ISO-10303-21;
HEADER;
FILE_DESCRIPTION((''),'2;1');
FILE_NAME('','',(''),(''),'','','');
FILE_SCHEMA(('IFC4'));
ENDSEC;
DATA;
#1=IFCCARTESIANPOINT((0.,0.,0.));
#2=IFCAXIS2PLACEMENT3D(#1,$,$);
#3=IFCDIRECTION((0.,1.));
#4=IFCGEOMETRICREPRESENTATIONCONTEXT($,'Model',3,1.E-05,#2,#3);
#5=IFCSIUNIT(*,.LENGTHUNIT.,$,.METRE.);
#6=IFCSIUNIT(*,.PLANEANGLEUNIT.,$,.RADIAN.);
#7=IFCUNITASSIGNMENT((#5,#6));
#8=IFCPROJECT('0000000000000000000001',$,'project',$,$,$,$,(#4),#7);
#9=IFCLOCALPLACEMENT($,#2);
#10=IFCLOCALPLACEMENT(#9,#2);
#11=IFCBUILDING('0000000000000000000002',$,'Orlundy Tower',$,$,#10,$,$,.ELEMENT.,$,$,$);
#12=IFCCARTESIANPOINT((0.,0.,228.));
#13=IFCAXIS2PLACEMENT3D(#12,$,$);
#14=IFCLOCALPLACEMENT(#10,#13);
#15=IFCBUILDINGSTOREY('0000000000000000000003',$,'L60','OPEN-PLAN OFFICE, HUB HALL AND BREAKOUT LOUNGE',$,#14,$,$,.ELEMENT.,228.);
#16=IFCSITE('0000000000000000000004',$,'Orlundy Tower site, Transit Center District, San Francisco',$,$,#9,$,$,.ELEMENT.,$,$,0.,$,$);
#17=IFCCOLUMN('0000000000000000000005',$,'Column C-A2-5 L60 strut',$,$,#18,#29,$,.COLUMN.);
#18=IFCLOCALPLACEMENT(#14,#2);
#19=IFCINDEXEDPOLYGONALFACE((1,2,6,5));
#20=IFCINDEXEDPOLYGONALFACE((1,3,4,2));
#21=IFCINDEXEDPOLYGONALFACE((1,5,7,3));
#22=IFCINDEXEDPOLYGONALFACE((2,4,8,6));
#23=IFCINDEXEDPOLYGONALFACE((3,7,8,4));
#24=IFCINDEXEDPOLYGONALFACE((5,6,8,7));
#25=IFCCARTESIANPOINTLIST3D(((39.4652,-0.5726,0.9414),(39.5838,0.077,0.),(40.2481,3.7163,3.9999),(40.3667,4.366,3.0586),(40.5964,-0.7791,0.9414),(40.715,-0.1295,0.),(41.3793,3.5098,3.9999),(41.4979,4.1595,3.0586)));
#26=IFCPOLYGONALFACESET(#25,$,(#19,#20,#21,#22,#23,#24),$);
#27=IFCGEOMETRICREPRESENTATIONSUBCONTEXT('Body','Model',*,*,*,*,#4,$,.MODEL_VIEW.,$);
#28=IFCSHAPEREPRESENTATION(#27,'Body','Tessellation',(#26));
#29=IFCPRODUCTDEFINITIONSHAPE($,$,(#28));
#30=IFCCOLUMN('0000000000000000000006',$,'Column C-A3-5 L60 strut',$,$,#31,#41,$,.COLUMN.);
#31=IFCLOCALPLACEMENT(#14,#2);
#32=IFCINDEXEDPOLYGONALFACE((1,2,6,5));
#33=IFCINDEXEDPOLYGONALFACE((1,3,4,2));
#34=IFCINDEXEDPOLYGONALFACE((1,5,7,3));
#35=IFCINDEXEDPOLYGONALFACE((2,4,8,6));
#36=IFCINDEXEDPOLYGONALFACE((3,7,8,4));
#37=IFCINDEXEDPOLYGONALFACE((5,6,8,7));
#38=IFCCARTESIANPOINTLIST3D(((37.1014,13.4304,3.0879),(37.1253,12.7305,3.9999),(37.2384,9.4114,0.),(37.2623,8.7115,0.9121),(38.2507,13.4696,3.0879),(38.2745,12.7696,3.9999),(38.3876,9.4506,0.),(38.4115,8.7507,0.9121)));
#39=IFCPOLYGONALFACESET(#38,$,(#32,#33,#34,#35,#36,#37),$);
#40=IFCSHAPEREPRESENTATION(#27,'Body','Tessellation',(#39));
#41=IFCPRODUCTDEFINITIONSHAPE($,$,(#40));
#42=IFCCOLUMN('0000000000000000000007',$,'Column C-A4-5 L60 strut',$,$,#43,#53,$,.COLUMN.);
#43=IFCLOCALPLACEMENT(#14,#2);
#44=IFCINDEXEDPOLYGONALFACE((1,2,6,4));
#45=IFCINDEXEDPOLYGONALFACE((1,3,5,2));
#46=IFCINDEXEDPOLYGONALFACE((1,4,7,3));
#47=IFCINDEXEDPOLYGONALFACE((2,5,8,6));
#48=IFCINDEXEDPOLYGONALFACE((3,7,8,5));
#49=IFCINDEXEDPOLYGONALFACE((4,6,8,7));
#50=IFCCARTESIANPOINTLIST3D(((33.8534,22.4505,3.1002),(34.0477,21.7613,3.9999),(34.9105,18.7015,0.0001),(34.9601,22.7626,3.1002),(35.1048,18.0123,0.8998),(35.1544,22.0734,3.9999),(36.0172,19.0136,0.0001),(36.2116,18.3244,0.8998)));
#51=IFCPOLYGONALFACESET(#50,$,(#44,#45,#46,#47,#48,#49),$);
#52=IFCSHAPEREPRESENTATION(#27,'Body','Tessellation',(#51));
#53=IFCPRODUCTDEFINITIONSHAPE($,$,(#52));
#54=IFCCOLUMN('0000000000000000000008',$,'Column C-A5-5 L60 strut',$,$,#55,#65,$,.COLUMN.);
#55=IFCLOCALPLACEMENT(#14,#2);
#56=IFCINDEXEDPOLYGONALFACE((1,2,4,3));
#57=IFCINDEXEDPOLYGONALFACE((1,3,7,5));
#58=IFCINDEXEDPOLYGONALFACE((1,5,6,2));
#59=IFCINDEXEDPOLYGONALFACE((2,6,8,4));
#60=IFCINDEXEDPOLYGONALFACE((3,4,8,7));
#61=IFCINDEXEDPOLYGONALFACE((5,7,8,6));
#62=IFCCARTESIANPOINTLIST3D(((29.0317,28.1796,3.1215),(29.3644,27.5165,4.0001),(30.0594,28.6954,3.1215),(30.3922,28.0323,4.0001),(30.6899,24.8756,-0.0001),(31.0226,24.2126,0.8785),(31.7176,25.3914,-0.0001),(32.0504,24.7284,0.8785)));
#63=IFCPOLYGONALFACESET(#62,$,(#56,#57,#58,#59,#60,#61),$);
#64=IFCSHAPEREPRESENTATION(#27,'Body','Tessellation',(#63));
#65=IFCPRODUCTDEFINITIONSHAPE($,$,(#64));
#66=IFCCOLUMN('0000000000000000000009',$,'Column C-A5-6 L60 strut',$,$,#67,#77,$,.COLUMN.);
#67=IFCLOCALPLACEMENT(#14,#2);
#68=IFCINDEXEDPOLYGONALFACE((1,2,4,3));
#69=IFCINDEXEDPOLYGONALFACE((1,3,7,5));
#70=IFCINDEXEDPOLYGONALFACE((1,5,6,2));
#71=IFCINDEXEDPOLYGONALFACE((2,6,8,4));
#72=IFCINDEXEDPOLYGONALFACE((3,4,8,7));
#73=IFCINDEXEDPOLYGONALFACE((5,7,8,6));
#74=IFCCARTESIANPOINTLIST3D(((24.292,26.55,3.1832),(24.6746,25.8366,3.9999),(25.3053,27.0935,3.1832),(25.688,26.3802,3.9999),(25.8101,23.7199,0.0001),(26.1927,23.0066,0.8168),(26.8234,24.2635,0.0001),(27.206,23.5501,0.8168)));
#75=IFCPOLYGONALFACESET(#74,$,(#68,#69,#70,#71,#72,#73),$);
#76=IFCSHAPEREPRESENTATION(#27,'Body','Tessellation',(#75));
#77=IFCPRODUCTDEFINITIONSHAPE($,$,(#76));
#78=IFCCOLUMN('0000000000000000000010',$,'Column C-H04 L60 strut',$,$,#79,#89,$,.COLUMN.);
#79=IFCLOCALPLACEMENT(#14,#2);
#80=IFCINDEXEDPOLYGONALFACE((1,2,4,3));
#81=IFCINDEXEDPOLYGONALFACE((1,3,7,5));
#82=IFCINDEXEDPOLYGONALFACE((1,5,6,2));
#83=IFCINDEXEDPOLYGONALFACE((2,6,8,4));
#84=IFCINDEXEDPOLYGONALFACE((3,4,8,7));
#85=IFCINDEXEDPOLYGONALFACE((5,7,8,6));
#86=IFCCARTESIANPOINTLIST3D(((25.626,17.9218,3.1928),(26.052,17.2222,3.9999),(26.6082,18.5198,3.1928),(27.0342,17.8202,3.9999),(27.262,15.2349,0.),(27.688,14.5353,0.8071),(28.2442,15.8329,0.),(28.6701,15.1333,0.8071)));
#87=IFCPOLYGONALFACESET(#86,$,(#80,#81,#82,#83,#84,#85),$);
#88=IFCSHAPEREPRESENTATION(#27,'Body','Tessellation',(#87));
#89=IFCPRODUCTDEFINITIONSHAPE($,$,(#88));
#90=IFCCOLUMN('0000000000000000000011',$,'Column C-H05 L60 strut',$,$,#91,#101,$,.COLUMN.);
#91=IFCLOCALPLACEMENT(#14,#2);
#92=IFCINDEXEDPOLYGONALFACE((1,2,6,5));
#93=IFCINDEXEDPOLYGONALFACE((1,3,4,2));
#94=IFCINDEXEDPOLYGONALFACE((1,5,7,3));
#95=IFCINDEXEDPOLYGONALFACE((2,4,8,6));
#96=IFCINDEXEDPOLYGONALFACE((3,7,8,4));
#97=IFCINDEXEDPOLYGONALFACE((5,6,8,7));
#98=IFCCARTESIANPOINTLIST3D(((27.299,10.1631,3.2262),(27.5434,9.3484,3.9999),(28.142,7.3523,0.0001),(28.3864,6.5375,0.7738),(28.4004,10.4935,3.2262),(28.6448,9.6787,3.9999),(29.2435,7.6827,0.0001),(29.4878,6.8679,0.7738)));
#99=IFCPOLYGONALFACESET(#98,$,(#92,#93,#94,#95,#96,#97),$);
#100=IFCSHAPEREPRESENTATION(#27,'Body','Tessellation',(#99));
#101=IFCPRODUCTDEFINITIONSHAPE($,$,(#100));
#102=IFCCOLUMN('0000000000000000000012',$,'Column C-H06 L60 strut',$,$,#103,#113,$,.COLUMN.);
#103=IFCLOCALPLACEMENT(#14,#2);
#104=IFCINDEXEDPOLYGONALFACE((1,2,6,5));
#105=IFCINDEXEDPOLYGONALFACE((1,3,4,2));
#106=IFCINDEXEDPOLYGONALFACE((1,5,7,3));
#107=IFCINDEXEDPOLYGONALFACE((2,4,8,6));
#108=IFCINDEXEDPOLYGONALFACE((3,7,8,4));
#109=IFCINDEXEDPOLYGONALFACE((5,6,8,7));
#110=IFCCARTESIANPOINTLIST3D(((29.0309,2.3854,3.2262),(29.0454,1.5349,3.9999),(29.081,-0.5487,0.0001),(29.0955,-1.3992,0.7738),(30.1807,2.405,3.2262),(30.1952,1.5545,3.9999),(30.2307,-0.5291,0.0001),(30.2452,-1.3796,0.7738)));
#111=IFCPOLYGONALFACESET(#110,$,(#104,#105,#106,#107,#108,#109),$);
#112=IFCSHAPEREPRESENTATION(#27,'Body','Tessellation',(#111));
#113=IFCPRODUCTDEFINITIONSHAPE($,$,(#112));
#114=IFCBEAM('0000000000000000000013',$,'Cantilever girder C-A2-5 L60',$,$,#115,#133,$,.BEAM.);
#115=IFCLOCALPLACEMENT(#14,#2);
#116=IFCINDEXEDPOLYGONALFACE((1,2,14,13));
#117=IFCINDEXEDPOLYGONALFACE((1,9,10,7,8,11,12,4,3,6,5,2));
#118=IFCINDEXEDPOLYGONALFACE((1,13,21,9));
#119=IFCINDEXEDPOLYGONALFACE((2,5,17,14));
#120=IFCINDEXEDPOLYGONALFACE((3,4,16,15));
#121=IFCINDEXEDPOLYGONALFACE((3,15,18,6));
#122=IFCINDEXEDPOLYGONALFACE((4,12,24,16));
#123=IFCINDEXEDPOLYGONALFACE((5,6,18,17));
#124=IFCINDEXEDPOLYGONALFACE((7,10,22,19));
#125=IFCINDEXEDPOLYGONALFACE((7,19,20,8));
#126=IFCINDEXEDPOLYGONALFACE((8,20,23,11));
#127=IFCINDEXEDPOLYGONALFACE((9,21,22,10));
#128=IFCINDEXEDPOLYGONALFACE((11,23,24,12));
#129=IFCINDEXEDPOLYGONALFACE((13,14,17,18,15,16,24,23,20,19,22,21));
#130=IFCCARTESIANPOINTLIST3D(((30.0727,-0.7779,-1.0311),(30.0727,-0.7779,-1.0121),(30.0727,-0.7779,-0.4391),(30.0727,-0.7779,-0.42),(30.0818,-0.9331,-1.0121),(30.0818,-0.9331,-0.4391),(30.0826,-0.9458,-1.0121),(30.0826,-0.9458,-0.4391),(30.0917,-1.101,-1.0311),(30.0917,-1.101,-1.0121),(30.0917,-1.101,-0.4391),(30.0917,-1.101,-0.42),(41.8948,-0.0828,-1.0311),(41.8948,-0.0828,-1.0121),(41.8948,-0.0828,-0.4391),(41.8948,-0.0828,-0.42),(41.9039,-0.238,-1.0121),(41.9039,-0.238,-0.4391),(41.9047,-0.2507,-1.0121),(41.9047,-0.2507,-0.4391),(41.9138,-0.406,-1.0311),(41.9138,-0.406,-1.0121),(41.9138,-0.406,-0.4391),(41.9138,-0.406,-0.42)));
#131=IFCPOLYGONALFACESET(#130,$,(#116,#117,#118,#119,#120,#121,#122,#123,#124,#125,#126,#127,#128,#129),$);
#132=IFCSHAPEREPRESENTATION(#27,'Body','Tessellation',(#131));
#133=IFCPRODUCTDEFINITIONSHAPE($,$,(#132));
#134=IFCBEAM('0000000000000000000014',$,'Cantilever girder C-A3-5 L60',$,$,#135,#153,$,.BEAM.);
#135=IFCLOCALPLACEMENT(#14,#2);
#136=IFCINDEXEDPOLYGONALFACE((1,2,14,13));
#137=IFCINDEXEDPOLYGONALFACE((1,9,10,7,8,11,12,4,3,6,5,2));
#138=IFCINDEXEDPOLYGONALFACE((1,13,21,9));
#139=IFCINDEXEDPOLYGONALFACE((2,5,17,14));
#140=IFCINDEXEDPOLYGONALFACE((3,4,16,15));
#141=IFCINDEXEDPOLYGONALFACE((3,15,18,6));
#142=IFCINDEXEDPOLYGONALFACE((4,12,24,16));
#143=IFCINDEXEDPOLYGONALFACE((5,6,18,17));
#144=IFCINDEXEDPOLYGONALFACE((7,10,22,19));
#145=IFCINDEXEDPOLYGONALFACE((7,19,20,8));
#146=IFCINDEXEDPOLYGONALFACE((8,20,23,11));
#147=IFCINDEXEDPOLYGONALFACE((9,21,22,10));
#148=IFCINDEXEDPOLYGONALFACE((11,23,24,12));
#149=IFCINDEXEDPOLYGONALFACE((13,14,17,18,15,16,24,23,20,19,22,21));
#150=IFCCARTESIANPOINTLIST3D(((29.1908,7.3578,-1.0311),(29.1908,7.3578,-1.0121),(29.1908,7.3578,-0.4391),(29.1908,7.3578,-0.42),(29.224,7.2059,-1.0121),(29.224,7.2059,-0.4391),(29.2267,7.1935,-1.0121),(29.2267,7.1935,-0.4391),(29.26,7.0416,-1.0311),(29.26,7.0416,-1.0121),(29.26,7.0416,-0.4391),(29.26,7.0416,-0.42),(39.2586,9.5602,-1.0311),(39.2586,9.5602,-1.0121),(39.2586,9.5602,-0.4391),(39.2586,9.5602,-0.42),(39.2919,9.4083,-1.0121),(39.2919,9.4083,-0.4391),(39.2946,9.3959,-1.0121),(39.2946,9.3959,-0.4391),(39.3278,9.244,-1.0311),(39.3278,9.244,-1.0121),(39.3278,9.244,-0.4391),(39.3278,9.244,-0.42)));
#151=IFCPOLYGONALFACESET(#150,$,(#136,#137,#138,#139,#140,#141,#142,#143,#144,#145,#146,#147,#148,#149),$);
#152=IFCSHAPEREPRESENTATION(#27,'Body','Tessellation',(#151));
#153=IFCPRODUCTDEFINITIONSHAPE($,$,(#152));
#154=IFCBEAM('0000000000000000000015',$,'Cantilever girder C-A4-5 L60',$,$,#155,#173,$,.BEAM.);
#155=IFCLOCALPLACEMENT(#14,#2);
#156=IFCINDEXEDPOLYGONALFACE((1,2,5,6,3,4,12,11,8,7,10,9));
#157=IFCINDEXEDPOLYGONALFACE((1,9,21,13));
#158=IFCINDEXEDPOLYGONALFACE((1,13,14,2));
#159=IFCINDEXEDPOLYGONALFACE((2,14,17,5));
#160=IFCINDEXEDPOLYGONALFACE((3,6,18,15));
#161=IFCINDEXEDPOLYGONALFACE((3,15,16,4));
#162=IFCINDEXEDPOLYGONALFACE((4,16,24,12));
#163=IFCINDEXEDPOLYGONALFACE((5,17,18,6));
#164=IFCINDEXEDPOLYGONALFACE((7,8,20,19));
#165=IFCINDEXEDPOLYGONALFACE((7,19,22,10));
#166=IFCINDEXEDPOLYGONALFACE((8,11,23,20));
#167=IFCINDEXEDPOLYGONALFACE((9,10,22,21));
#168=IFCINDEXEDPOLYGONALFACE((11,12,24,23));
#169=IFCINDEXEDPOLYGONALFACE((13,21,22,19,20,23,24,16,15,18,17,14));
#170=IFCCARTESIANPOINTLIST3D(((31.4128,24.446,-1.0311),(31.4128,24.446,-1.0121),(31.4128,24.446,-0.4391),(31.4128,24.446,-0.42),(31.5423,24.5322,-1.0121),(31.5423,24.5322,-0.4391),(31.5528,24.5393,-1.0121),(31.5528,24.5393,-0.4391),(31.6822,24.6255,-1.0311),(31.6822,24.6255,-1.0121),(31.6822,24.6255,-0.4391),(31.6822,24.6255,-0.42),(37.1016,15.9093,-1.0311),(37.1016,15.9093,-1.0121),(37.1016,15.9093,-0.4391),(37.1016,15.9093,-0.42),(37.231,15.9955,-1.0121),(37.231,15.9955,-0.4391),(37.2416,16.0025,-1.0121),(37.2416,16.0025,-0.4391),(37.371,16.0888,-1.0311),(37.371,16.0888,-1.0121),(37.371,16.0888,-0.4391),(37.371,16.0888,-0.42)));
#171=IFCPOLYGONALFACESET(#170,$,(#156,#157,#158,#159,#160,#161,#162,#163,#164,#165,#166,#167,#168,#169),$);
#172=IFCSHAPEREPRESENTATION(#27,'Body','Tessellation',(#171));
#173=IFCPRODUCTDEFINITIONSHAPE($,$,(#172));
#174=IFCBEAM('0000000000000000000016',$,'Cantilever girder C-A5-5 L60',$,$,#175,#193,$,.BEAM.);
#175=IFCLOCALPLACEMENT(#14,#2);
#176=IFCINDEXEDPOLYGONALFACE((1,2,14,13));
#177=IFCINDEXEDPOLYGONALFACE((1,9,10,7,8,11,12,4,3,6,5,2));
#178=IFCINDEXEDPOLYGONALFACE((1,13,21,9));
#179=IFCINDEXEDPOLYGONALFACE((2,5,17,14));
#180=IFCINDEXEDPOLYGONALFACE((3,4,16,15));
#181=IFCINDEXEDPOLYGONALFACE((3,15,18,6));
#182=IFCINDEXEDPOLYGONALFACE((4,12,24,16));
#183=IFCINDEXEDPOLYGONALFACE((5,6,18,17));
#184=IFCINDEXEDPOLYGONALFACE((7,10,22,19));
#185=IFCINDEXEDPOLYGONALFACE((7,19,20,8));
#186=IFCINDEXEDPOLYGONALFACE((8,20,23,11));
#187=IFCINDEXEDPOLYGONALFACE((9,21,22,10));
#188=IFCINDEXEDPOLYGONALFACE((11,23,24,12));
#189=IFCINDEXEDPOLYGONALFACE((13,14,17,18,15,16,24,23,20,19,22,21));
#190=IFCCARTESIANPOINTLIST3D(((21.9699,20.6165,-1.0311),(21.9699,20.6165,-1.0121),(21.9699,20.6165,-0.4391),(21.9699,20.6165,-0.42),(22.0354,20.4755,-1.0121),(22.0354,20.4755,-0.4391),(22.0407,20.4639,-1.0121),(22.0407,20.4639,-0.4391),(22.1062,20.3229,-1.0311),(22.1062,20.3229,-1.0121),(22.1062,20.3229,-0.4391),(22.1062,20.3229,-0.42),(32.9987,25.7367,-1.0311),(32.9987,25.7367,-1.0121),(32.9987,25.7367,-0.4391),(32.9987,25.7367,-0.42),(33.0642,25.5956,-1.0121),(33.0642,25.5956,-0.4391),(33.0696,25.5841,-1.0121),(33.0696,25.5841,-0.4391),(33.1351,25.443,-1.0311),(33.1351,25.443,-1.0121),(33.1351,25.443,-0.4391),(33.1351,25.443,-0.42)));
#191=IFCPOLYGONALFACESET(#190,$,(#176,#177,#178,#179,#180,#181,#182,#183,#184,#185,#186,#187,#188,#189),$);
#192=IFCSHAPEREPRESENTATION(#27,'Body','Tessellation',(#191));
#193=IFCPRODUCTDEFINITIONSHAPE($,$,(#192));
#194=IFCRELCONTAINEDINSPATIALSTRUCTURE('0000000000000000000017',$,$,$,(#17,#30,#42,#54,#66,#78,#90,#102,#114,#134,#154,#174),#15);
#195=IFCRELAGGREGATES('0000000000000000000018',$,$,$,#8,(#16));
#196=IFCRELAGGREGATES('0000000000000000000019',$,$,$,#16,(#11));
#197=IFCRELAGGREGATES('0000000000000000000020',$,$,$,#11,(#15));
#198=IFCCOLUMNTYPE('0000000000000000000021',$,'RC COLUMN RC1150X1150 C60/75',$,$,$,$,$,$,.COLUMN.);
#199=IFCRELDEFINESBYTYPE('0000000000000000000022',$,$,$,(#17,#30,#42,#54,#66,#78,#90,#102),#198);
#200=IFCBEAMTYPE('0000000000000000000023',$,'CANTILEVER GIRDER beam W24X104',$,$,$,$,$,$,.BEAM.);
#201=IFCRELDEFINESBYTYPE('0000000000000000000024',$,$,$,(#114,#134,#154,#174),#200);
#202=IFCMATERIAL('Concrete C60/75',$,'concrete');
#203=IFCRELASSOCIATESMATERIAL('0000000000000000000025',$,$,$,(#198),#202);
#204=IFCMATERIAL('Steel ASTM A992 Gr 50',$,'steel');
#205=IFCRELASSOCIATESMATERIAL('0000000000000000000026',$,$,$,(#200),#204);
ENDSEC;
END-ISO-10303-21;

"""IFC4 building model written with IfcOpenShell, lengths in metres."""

from ifc_helpers import new_model, si_unit, direction, frame, origin, origin_2d, place, context, subcontext, project, spatial, rectangle, i_section, extrude, material, material_profile, profile_set, type_object, element, save


model = new_model("IFC4")

# Units and contexts
model_context = context("Model", 3, precision=1e-05, world=origin(), true_north=direction((0.0, 1.0)))
body_context = subcontext(model_context, "Body", "Model", "MODEL_VIEW")
ifc_project = project(units=[si_unit("LENGTHUNIT", "METRE"), si_unit("PLANEANGLEUNIT", "RADIAN")], contexts=[model_context])

# Site, building, storey
site_placement = place(None, origin())
site = spatial("IfcSite", under=ifc_project, at=site_placement, Name="Orlundy Tower site, Transit Center District, San Francisco", CompositionType="ELEMENT", RefElevation=0.0)
building_placement = place(site_placement, origin())
building = spatial("IfcBuilding", under=site, at=building_placement, Name="Orlundy Tower", CompositionType="ELEMENT")
storey_placement = place(building_placement, frame((0.0, 0.0, 228.0)))
storey = spatial("IfcBuildingStorey", under=building, at=storey_placement, Name="L60", Description="OPEN-PLAN OFFICE, HUB HALL AND BREAKOUT LOUNGE", CompositionType="ELEMENT", Elevation=228.0)

# Columns
ifc_material_1 = material(Name="Concrete C60/75", Category="concrete")
ifc_material_profile_1 = material_profile(ifc_material_1, rectangle(XDim=1.1499, YDim=1.1499, at=origin_2d()), Name="RC1150X1150")
ifc_profile_set_1 = profile_set([ifc_material_profile_1], Name="Concrete C60/75")
column_type = type_object("IfcColumnType", Name="RC COLUMN RC1150X1150 C60/75", PredefinedType="COLUMN", material=ifc_profile_set_1)
column_1_placement = place(storey_placement, frame((40.0901, -0.3511, 0.4707), z_axis=(0.147013, 0.805338, 0.574298), x_axis=(-0.983743, 0.17958, 0.0)))
element("IfcColumn", 1, at=column_1_placement, inside=storey, type_object=column_type, Name="Column C-A2-5 L60 strut", PredefinedType="COLUMN", context=body_context, shape_type="SweptSolid", body=[
    extrude(rectangle(XDim=1.1499, YDim=1.1499, at=origin_2d()), origin(), (0.0, 0.0, 1.0), 5.3257),
])
column_2_placement = place(storey_placement, frame((37.825, 9.0811, 0.4561), z_axis=(-0.027014, 0.792685, 0.609032), x_axis=(-0.99942, -0.034059, 0.0)))
element("IfcColumn", 2, at=column_2_placement, inside=storey, type_object=column_type, Name="Column C-A3-5 L60 strut", PredefinedType="COLUMN", context=body_context, shape_type="SweptSolid", body=[
    extrude(rectangle(XDim=1.1499, YDim=1.1499, at=origin_2d()), origin(), (0.0, 0.0, 1.0), 5.0701),
])
column_3_placement = place(storey_placement, frame((35.561, 18.5129, 0.45), z_axis=(-0.212348, 0.753076, 0.622724), x_axis=(-0.962469, -0.271392, 0.0)))
element("IfcColumn", 3, at=column_3_placement, inside=storey, type_object=column_type, Name="Column C-A4-5 L60 strut", PredefinedType="COLUMN", context=body_context, shape_type="SweptSolid", body=[
    extrude(rectangle(XDim=1.1499, YDim=1.1499, at=origin_2d()), origin(), (0.0, 0.0, 1.0), 4.9783),
])
column_4_placement = place(storey_placement, frame((31.3701, 24.802, 0.4392), z_axis=(-0.342718, 0.682862, 0.645169), x_axis=(-0.893753, -0.44856, 0.0)))
element("IfcColumn", 4, at=column_4_placement, inside=storey, type_object=column_type, Name="Column C-A5-5 L60 strut", PredefinedType="COLUMN", context=body_context, shape_type="SweptSolid", body=[
    extrude(rectangle(XDim=1.1499, YDim=1.1499, at=origin_2d()), origin(), (0.0, 0.0, 1.0), 4.8384),
])
column_5_placement = place(storey_placement, frame((26.5081, 23.635, 0.4084), z_axis=(-0.335727, 0.625884, 0.703958), x_axis=(-0.881227, -0.472694, 0.0)))
element("IfcColumn", 5, at=column_5_placement, inside=storey, type_object=column_type, Name="Column C-A5-6 L60 strut", PredefinedType="COLUMN", context=body_context, shape_type="SweptSolid", body=[
    extrude(rectangle(XDim=1.1499, YDim=1.1499, at=origin_2d()), origin(), (0.0, 0.0, 1.0), 4.5217),
])
column_6_placement = place(storey_placement, frame((27.9661, 15.1841, 0.4036), z_axis=(-0.364989, 0.599473, 0.712331), x_axis=(-0.85414, -0.520043, 0.0)))
element("IfcColumn", 6, at=column_6_placement, inside=storey, type_object=column_type, Name="Column C-H04 L60 strut", PredefinedType="COLUMN", context=body_context, shape_type="SweptSolid", body=[
    extrude(rectangle(XDim=1.1499, YDim=1.1499, at=origin_2d()), origin(), (0.0, 0.0, 1.0), 4.4822),
])
for number, where, z_axis, x_axis, name in (
    (7, (28.8149, 7.1101, 0.387), (-0.193306, 0.644521, 0.739747), (-0.957847, -0.287279, 0.0), "Column C-H05 L60 strut"),
    (8, (29.6631, -0.9641, 0.387), (-0.011476, 0.67279, 0.739744), (-0.999855, -0.017055, 0.0), "Column C-H06 L60 strut"),
):
    element("IfcColumn", number, at=place(storey_placement, frame(where, z_axis=z_axis, x_axis=x_axis)), inside=storey, type_object=column_type, Name=name, PredefinedType="COLUMN", context=body_context, shape_type="SweptSolid", body=[
        extrude(rectangle(XDim=1.1499, YDim=1.1499, at=origin_2d()), origin(), (0.0, 0.0, 1.0), 4.3611),
    ])

# Beams
ifc_material_2 = material(Name="Steel ASTM A992 Gr 50", Category="steel")
ifc_material_profile_2 = material_profile(ifc_material_2, i_section(OverallWidth=0.3237, OverallDepth=0.6111, WebThickness=0.0127, FlangeThickness=0.019, at=origin_2d()), Name="W24X104")
ifc_profile_set_2 = profile_set([ifc_material_profile_2], Name="Steel ASTM A992 Gr 50")
beam_type = type_object("IfcBeamType", Name="CANTILEVER GIRDER beam W24X104", PredefinedType="BEAM", material=ifc_profile_set_2)
beam_1_placement = place(storey_placement, frame((41.9043, -0.2444, -0.7256), z_axis=(-0.998276, -0.058693, 0.0), x_axis=(0.058693, -0.998276, 0.0)))
element("IfcBeam", 9, at=beam_1_placement, inside=storey, type_object=beam_type, Name="Cantilever girder C-A2-5 L60", PredefinedType="BEAM", context=body_context, shape_type="SweptSolid", body=[
    extrude(i_section(OverallWidth=0.3237, OverallDepth=0.6111, WebThickness=0.0127, FlangeThickness=0.019, at=origin_2d()), origin(), (0.0, 0.0, 1.0), 11.8425),
])
beam_2_placement = place(storey_placement, frame((39.2932, 9.4021, -0.7256), z_axis=(-0.976899, -0.213701, 0.0), x_axis=(0.213701, -0.976899, 0.0)))
element("IfcBeam", 10, at=beam_2_placement, inside=storey, type_object=beam_type, Name="Cantilever girder C-A3-5 L60", PredefinedType="BEAM", context=body_context, shape_type="SweptSolid", body=[
    extrude(i_section(OverallWidth=0.3237, OverallDepth=0.6111, WebThickness=0.0127, FlangeThickness=0.019, at=origin_2d()), origin(), (0.0, 0.0, 1.0), 10.3059),
])
beam_3_placement = place(storey_placement, frame((37.2363, 15.999, -0.7256), z_axis=(-0.554541, 0.832156, 0.0), x_axis=(-0.832156, -0.554541, 0.0)))
element("IfcBeam", 11, at=beam_3_placement, inside=storey, type_object=beam_type, Name="Cantilever girder C-A4-5 L60", PredefinedType="BEAM", context=body_context, shape_type="SweptSolid", body=[
    extrude(i_section(OverallWidth=0.3237, OverallDepth=0.6111, WebThickness=0.0127, FlangeThickness=0.019, at=origin_2d()), origin(), (0.0, 0.0, 1.0), 10.2585),
])
beam_4_placement = place(storey_placement, frame((33.0669, 25.5898, -0.7256), z_axis=(-0.907022, -0.421084, 0.0), x_axis=(0.421084, -0.907022, 0.0)))
element("IfcBeam", 12, at=beam_4_placement, inside=storey, type_object=beam_type, Name="Cantilever girder C-A5-5 L60", PredefinedType="BEAM", context=body_context, shape_type="SweptSolid", body=[
    extrude(i_section(OverallWidth=0.3237, OverallDepth=0.6111, WebThickness=0.0127, FlangeThickness=0.019, at=origin_2d()), origin(), (0.0, 0.0, 1.0), 12.1594),
])

save(model, "model.ifc")
